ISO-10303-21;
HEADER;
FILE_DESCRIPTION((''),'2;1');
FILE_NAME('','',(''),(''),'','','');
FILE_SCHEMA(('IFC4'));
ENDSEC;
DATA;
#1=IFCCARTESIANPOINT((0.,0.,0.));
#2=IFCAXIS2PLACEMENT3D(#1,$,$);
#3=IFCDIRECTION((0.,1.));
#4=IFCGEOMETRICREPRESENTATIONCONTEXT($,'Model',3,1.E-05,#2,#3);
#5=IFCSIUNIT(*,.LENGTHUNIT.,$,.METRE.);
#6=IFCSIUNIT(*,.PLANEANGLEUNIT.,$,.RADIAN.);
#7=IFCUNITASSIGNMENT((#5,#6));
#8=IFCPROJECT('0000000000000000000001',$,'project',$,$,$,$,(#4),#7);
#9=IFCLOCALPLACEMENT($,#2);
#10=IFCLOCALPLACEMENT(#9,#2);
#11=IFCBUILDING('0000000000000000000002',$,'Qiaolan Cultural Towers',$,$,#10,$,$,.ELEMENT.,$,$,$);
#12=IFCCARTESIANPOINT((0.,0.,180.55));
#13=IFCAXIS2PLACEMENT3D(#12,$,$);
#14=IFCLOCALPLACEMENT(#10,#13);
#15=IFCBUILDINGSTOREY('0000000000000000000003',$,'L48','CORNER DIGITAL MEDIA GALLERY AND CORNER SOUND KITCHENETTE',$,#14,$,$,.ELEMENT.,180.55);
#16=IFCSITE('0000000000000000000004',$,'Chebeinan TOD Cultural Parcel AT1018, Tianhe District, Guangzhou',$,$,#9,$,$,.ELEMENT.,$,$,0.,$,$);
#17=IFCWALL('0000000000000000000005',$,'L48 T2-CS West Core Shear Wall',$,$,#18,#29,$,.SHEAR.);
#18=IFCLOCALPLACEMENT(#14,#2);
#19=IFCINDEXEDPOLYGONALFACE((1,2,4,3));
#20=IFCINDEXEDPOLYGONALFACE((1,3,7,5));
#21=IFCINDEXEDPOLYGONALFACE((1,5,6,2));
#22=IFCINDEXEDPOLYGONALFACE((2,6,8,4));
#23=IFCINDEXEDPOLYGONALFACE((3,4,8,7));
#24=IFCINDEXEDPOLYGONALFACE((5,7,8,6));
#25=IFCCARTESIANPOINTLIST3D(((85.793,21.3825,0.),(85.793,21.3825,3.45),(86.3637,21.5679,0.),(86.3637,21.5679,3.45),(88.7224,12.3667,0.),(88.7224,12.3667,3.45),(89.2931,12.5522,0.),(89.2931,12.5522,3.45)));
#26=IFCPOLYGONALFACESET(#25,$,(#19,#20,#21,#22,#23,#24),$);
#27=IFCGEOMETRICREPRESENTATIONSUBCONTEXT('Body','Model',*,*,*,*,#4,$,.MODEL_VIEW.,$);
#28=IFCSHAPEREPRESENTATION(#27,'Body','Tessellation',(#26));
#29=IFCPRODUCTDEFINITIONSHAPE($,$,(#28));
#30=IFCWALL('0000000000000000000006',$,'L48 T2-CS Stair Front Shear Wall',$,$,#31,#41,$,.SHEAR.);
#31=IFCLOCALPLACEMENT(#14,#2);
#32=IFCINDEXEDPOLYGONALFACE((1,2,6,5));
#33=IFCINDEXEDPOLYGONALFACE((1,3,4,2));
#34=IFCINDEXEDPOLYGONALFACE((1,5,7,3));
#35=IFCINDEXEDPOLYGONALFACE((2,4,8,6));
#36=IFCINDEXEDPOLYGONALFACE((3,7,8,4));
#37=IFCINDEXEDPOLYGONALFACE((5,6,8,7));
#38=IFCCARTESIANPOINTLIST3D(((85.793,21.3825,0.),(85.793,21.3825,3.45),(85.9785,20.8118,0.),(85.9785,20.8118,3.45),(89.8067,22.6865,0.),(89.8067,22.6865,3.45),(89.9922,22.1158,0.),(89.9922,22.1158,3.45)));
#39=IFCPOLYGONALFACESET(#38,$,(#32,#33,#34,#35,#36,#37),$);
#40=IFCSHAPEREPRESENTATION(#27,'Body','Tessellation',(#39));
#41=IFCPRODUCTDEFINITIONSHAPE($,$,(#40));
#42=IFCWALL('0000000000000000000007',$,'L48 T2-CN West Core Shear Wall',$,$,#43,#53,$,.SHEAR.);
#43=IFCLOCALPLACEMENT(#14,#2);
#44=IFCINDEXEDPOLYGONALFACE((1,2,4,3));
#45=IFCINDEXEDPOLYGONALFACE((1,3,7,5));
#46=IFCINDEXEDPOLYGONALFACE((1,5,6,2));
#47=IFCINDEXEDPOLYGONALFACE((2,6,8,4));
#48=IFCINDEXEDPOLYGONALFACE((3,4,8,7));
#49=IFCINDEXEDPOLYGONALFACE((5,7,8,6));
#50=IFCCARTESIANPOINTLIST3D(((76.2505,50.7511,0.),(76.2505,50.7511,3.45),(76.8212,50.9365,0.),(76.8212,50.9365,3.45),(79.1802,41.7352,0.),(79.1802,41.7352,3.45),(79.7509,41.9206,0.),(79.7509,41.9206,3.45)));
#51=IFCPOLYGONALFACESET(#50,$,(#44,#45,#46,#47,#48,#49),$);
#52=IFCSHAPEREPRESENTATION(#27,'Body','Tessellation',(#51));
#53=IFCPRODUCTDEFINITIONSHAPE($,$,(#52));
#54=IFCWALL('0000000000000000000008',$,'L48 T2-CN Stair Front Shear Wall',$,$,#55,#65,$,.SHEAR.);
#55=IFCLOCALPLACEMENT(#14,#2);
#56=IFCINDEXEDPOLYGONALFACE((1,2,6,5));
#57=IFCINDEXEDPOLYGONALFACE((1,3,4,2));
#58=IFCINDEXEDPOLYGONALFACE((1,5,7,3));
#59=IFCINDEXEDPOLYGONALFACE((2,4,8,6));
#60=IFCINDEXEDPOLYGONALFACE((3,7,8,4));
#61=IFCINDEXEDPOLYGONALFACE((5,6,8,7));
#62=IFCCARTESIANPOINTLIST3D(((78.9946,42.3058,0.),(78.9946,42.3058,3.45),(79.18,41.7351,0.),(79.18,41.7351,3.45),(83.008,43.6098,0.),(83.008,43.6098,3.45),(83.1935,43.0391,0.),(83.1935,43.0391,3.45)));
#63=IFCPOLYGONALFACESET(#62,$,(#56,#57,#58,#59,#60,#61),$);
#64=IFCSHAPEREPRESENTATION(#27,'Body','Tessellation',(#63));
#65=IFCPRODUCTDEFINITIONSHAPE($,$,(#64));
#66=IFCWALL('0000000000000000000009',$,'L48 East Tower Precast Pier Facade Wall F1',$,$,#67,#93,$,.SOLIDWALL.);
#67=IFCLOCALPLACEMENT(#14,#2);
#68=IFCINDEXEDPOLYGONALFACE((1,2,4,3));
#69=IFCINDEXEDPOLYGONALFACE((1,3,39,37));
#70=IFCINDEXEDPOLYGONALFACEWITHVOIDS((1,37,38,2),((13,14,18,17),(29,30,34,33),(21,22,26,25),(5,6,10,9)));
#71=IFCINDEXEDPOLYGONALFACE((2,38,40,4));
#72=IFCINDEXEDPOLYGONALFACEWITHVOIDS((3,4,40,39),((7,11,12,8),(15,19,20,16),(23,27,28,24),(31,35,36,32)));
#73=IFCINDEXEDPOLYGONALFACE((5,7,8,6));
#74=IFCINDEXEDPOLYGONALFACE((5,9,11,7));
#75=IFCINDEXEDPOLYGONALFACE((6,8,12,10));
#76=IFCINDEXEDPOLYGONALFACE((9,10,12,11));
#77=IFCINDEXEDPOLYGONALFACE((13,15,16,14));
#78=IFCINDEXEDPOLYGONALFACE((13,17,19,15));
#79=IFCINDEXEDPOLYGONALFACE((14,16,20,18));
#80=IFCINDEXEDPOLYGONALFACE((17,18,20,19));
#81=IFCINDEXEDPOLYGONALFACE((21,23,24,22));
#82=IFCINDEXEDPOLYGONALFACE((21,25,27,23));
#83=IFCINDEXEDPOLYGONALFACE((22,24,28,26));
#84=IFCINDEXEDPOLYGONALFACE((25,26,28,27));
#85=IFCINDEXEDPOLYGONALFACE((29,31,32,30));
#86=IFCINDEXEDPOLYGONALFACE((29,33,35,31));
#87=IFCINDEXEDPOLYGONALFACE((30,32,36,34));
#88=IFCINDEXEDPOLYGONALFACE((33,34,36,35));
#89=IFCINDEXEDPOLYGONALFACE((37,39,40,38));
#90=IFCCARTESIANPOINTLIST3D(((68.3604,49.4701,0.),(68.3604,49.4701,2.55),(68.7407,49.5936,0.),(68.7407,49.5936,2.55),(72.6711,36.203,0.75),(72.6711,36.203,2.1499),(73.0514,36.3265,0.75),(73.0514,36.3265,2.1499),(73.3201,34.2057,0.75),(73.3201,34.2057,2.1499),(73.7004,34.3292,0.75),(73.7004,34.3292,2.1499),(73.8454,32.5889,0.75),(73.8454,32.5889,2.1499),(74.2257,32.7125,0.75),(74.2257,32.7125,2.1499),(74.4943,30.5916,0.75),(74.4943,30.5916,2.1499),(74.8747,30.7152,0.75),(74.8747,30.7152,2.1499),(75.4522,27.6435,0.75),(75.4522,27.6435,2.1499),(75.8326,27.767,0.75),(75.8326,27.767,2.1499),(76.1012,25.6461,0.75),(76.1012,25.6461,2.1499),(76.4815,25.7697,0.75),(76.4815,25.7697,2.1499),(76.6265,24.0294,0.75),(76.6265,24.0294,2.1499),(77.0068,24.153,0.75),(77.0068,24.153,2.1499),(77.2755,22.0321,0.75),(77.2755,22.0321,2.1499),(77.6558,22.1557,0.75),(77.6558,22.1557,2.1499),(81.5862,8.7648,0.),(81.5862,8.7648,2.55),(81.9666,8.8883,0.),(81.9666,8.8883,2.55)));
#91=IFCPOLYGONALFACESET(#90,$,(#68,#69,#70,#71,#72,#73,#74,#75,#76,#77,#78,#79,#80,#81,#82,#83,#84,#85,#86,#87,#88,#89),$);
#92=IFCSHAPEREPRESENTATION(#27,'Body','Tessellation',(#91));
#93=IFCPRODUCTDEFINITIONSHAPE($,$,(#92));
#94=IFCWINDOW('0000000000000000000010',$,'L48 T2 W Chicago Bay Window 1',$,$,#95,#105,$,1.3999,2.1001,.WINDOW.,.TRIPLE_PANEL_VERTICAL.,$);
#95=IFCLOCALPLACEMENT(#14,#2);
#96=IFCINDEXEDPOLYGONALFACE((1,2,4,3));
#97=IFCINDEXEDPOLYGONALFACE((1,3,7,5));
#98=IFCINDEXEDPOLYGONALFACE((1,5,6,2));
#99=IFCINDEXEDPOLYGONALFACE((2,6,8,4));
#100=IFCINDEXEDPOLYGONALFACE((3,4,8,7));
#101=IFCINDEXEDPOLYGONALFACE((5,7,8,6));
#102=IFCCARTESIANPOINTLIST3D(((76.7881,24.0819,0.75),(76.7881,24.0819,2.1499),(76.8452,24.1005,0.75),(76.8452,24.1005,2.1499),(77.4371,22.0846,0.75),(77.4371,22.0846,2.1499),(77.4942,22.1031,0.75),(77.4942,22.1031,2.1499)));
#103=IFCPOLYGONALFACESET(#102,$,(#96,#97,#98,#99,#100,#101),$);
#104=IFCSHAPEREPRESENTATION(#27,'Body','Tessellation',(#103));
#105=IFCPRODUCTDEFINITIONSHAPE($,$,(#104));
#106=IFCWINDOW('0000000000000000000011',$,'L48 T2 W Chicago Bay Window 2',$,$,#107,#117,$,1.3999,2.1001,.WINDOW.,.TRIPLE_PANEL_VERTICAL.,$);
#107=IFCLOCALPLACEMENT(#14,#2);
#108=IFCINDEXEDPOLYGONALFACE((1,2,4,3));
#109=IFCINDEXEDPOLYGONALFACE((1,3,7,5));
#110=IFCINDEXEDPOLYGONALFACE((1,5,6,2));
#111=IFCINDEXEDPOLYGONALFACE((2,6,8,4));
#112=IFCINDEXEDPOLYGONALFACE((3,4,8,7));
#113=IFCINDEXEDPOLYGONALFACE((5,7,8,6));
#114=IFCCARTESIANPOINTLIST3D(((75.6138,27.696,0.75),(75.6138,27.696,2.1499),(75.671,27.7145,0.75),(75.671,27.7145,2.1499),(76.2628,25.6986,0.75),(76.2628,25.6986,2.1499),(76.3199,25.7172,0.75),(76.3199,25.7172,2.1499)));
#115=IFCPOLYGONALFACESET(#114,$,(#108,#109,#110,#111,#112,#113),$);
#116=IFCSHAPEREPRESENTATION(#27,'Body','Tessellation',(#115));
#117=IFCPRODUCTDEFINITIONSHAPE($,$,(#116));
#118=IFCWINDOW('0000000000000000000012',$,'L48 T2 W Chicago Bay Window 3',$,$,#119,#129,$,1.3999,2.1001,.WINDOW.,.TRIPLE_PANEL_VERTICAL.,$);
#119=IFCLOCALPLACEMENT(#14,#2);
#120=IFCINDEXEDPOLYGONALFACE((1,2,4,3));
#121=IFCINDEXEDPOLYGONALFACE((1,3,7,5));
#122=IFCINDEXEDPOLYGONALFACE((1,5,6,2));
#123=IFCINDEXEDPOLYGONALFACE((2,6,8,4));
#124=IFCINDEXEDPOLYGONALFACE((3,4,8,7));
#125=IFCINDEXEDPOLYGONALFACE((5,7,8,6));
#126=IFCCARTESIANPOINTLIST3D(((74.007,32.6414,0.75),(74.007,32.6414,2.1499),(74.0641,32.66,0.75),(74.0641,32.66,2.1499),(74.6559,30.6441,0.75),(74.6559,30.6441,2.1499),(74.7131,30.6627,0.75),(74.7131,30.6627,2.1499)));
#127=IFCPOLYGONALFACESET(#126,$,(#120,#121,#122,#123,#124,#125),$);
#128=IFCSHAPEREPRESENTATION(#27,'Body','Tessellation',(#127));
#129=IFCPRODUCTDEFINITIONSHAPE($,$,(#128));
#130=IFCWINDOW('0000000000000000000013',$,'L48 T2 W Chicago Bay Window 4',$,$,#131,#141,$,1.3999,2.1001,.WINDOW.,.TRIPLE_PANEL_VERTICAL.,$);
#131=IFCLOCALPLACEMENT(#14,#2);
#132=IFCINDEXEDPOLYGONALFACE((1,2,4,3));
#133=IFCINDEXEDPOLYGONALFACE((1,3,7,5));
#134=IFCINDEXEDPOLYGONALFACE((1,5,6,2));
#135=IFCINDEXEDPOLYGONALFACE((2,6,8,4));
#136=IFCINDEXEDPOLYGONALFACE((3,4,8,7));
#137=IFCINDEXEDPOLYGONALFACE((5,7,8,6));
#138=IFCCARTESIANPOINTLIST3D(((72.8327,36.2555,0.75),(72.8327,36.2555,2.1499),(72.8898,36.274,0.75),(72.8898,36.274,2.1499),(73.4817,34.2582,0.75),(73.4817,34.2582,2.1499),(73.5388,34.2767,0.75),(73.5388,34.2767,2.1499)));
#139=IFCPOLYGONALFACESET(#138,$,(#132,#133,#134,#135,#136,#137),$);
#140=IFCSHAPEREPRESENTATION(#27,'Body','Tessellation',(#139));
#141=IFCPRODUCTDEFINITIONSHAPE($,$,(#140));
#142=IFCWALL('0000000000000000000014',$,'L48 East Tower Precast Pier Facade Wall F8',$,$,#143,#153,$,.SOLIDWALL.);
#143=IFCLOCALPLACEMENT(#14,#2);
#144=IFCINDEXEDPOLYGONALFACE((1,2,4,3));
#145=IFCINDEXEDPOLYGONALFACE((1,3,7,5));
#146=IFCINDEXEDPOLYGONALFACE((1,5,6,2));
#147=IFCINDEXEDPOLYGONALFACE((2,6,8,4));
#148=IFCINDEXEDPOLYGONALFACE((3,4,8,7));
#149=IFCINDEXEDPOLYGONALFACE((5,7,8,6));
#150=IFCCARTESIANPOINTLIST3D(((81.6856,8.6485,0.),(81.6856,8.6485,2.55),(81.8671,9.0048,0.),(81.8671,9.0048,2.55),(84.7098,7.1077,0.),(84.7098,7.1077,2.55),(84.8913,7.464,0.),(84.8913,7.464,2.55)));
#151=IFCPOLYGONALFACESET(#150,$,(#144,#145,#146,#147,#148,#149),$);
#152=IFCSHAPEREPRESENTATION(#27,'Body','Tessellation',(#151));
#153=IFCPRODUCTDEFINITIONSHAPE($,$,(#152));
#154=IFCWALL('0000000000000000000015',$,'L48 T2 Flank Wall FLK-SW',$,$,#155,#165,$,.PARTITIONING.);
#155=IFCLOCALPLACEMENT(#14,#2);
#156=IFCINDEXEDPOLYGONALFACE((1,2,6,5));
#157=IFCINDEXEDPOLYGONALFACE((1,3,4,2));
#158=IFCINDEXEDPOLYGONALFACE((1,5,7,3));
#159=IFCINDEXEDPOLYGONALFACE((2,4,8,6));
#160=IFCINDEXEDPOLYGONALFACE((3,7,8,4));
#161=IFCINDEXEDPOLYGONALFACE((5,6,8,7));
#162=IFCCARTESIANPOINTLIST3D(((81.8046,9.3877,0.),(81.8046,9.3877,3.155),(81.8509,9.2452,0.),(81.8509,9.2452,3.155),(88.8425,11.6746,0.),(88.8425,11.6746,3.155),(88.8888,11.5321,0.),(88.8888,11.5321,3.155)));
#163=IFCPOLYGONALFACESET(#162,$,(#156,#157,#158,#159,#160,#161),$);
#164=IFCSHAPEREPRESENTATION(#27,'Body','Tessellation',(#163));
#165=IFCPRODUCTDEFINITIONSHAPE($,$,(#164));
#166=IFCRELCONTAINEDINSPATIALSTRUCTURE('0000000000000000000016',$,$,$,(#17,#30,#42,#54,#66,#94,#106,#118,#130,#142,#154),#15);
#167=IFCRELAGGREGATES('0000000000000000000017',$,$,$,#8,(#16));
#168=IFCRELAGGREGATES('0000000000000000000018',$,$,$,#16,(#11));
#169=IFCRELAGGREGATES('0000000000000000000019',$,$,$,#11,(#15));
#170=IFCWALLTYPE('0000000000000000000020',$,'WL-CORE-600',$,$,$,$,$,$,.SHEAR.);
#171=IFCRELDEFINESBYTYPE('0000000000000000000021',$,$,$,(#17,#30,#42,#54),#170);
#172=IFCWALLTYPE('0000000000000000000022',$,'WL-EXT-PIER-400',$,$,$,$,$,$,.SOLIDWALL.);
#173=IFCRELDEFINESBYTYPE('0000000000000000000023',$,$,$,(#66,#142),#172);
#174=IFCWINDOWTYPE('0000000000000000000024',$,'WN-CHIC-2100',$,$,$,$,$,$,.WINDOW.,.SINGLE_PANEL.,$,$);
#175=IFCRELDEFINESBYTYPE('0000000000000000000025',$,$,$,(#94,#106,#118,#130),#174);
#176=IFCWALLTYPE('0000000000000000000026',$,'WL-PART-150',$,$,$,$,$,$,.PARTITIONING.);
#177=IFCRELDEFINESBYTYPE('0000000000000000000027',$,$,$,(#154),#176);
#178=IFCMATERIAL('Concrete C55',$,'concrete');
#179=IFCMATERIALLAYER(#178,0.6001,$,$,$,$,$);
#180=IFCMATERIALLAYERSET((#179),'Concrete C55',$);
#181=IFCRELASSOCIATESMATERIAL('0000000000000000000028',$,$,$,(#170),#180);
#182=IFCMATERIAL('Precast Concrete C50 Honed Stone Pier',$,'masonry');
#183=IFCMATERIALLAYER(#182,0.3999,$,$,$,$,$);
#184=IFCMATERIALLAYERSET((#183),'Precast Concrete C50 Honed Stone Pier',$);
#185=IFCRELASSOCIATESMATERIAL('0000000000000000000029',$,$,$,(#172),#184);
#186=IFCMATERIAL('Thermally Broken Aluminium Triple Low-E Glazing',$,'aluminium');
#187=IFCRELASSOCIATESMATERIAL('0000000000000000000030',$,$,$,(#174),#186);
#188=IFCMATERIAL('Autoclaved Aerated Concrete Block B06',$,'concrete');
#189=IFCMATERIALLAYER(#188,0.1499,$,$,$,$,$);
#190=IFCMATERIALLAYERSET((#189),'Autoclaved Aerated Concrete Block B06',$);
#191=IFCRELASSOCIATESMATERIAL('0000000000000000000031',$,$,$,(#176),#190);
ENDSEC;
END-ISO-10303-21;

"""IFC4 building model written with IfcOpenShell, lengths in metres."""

from ifc_helpers import new_model, si_unit, direction, frame, frame_2d, origin, place, context, subcontext, project, spatial, rectangle, extrude, material, layer, layer_set, type_object, element, fill, save


model = new_model("IFC4")

# Units and contexts
model_context = context("Model", 3, precision=1e-05, world=origin(), true_north=direction((0.0, 1.0)))
body_context = subcontext(model_context, "Body", "Model", "MODEL_VIEW")
ifc_project = project(units=[si_unit("LENGTHUNIT", "METRE"), si_unit("PLANEANGLEUNIT", "RADIAN")], contexts=[model_context])

# Site, building, storey
site_placement = place(None, origin())
site = spatial("IfcSite", under=ifc_project, at=site_placement, Name="Chebeinan TOD Cultural Parcel AT1018, Tianhe District, Guangzhou", CompositionType="ELEMENT", RefElevation=0.0)
building_placement = place(site_placement, origin())
building = spatial("IfcBuilding", under=site, at=building_placement, Name="Qiaolan Cultural Towers", CompositionType="ELEMENT")
storey_placement = place(building_placement, frame((0.0, 0.0, 180.55)))
storey = spatial("IfcBuildingStorey", under=building, at=storey_placement, Name="L48", Description="CORNER DIGITAL MEDIA GALLERY AND CORNER SOUND KITCHENETTE", CompositionType="ELEMENT", Elevation=180.55)

# Walls
ifc_material_1 = material(Name="Concrete C55", Category="concrete")
ifc_layer_1 = layer(ifc_material_1, 0.6001)
ifc_layer_set_1 = layer_set([ifc_layer_1], Name="Concrete C55")
wall_type_1 = type_object("IfcWallType", Name="WL-CORE-600", PredefinedType="SHEAR", material=ifc_layer_set_1)
wall_1_placement = place(storey_placement, frame((86.0784, 21.4751, 0.0), z_axis=(0.0, 0.0, 1.0), x_axis=(0.309018, -0.951056, 0.0)))
element("IfcWall", 1, at=wall_1_placement, inside=storey, type_object=wall_type_1, Name="L48 T2-CS West Core Shear Wall", PredefinedType="SHEAR", context=body_context, shape_type="SweptSolid", body=[
    extrude(rectangle(XDim=9.4797, YDim=0.6001, at=frame_2d((4.7397, 0.0))), origin(), (0.0, 0.0, 1.0), 3.45),
])
wall_2_placement = place(storey_placement, frame((85.8857, 21.0972, 0.0), z_axis=(0.0, 0.0, 1.0), x_axis=(0.951068, 0.308981, 0.0)))
element("IfcWall", 2, at=wall_2_placement, inside=storey, type_object=wall_type_1, Name="L48 T2-CS Stair Front Shear Wall", PredefinedType="SHEAR", context=body_context, shape_type="SweptSolid", body=[
    extrude(rectangle(XDim=4.2202, YDim=0.6001, at=frame_2d((2.1101, 0.0))), origin(), (0.0, 0.0, 1.0), 3.45),
])
wall_3_placement = place(storey_placement, frame((79.4656, 41.8279, 0.0), z_axis=(0.0, 0.0, 1.0), x_axis=(-0.309041, 0.951049, 0.0)))
element("IfcWall", 3, at=wall_3_placement, inside=storey, type_object=wall_type_1, Name="L48 T2-CN West Core Shear Wall", PredefinedType="SHEAR", context=body_context, shape_type="SweptSolid", body=[
    extrude(rectangle(XDim=9.48, YDim=0.6001, at=frame_2d((4.74, 0.0))), origin(), (0.0, 0.0, 1.0), 3.45),
])
wall_4_placement = place(storey_placement, frame((79.0874, 42.0205, 0.0), z_axis=(0.0, 0.0, 1.0), x_axis=(0.951063, 0.308998, 0.0)))
element("IfcWall", 4, at=wall_4_placement, inside=storey, type_object=wall_type_1, Name="L48 T2-CN Stair Front Shear Wall", PredefinedType="SHEAR", context=body_context, shape_type="SweptSolid", body=[
    extrude(rectangle(XDim=4.22, YDim=0.6001, at=frame_2d((2.1099, 0.0))), origin(), (0.0, 0.0, 1.0), 3.45),
])

# Wall, openings, windows
ifc_material_2 = material(Name="Precast Concrete C50 Honed Stone Pier", Category="masonry")
ifc_layer_2 = layer(ifc_material_2, 0.3999)
ifc_layer_set_2 = layer_set([ifc_layer_2], Name="Precast Concrete C50 Honed Stone Pier")
wall_type_2 = type_object("IfcWallType", Name="WL-EXT-PIER-400", PredefinedType="SOLIDWALL", material=ifc_layer_set_2)
wall_5_placement = place(storey_placement, frame((81.7764, 8.8267, 0.0), z_axis=(0.0, 0.0, 1.0), x_axis=(-0.309014, 0.951057, 0.0)))
wall_5 = element("IfcWall", 5, at=wall_5_placement, inside=storey, type_object=wall_type_2, Name="L48 East Tower Precast Pier Facade Wall F1", PredefinedType="SOLIDWALL", context=body_context, shape_type="SweptSolid", body=[
    extrude(rectangle(XDim=42.8, YDim=0.3999, at=frame_2d((21.3999, 0.0))), origin(), (0.0, 0.0, 1.0), 2.55),
])
opening_1_placement = place(wall_5_placement, frame((13.95, 0.0, 0.75)))
opening_1 = element("IfcOpeningElement", 6, at=opening_1_placement, cuts=wall_5, PredefinedType="OPENING", context=body_context, shape_type="SweptSolid", body=[
    extrude(rectangle(XDim=2.1001, YDim=1.3999, at=frame_2d((1.05, 0.7))), frame((0.0, 0.21, 0.0), z_axis=(0.0, -1.0, 0.0), x_axis=(1.0, 0.0, 0.0)), (0.0, 0.0, 1.0), 0.4199),
])
opening_2_placement = place(wall_5_placement, frame((17.75, 0.0, 0.75)))
opening_2 = element("IfcOpeningElement", 7, at=opening_2_placement, cuts=wall_5, PredefinedType="OPENING", context=body_context, shape_type="SweptSolid", body=[
    extrude(rectangle(XDim=2.1001, YDim=1.3999, at=frame_2d((1.05, 0.7))), frame((0.0, 0.21, 0.0), z_axis=(0.0, -1.0, 0.0), x_axis=(1.0, 0.0, 0.0)), (0.0, 0.0, 1.0), 0.4199),
])
opening_3_placement = place(wall_5_placement, frame((22.95, 0.0, 0.75)))
opening_3 = element("IfcOpeningElement", 8, at=opening_3_placement, cuts=wall_5, PredefinedType="OPENING", context=body_context, shape_type="SweptSolid", body=[
    extrude(rectangle(XDim=2.1001, YDim=1.3999, at=frame_2d((1.05, 0.7))), frame((0.0, 0.21, 0.0), z_axis=(0.0, -1.0, 0.0), x_axis=(1.0, 0.0, 0.0)), (0.0, 0.0, 1.0), 0.4199),
])
opening_4_placement = place(wall_5_placement, frame((26.75, 0.0, 0.75)))
opening_4 = element("IfcOpeningElement", 9, at=opening_4_placement, cuts=wall_5, PredefinedType="OPENING", context=body_context, shape_type="SweptSolid", body=[
    extrude(rectangle(XDim=2.1001, YDim=1.3999, at=frame_2d((1.05, 0.7))), frame((0.0, 0.21, 0.0), z_axis=(0.0, -1.0, 0.0), x_axis=(1.0, 0.0, 0.0)), (0.0, 0.0, 1.0), 0.4199),
])
ifc_material_3 = material(Name="Thermally Broken Aluminium Triple Low-E Glazing", Category="aluminium")
window_type = type_object("IfcWindowType", Name="WN-CHIC-2100", PartitioningType="SINGLE_PANEL", PredefinedType="WINDOW", material=ifc_material_3)
window_1_placement = place(opening_1_placement, origin())
window_1 = element("IfcWindow", 10, at=window_1_placement, inside=storey, type_object=window_type, Name="L48 T2 W Chicago Bay Window 1", OverallHeight=1.3999, OverallWidth=2.1001, PartitioningType="TRIPLE_PANEL_VERTICAL", PredefinedType="WINDOW", context=body_context, shape_type="SweptSolid", body=[
    extrude(rectangle(XDim=2.1001, YDim=1.3999, at=frame_2d((1.05, 0.7))), frame((0.0, 0.03, 0.0), z_axis=(0.0, -1.0, 0.0), x_axis=(1.0, 0.0, 0.0)), (0.0, 0.0, 1.0), 0.0601),
])
fill(opening_1, window_1)
window_2_placement = place(opening_2_placement, origin())
window_2 = element("IfcWindow", 11, at=window_2_placement, inside=storey, type_object=window_type, Name="L48 T2 W Chicago Bay Window 2", OverallHeight=1.3999, OverallWidth=2.1001, PartitioningType="TRIPLE_PANEL_VERTICAL", PredefinedType="WINDOW", context=body_context, shape_type="SweptSolid", body=[
    extrude(rectangle(XDim=2.1001, YDim=1.3999, at=frame_2d((1.05, 0.7))), frame((0.0, 0.03, 0.0), z_axis=(0.0, -1.0, 0.0), x_axis=(1.0, 0.0, 0.0)), (0.0, 0.0, 1.0), 0.0601),
])
fill(opening_2, window_2)
window_3_placement = place(opening_3_placement, origin())
window_3 = element("IfcWindow", 12, at=window_3_placement, inside=storey, type_object=window_type, Name="L48 T2 W Chicago Bay Window 3", OverallHeight=1.3999, OverallWidth=2.1001, PartitioningType="TRIPLE_PANEL_VERTICAL", PredefinedType="WINDOW", context=body_context, shape_type="SweptSolid", body=[
    extrude(rectangle(XDim=2.1001, YDim=1.3999, at=frame_2d((1.05, 0.7))), frame((0.0, 0.03, 0.0), z_axis=(0.0, -1.0, 0.0), x_axis=(1.0, 0.0, 0.0)), (0.0, 0.0, 1.0), 0.0601),
])
fill(opening_3, window_3)
window_4_placement = place(opening_4_placement, origin())
window_4 = element("IfcWindow", 13, at=window_4_placement, inside=storey, type_object=window_type, Name="L48 T2 W Chicago Bay Window 4", OverallHeight=1.3999, OverallWidth=2.1001, PartitioningType="TRIPLE_PANEL_VERTICAL", PredefinedType="WINDOW", context=body_context, shape_type="SweptSolid", body=[
    extrude(rectangle(XDim=2.1001, YDim=1.3999, at=frame_2d((1.05, 0.7))), frame((0.0, 0.03, 0.0), z_axis=(0.0, -1.0, 0.0), x_axis=(1.0, 0.0, 0.0)), (0.0, 0.0, 1.0), 0.0601),
])
fill(opening_4, window_4)

# Walls
wall_6_placement = place(storey_placement, frame((84.8005, 7.2859, 0.0), z_axis=(0.0, 0.0, 1.0), x_axis=(-0.891021, 0.453962, 0.0)))
element("IfcWall", 14, at=wall_6_placement, inside=storey, type_object=wall_type_2, Name="L48 East Tower Precast Pier Facade Wall F8", PredefinedType="SOLIDWALL", context=body_context, shape_type="SweptSolid", body=[
    extrude(rectangle(XDim=3.394, YDim=0.3999, at=frame_2d((1.697, 0.0))), origin(), (0.0, 0.0, 1.0), 2.55),
])
ifc_material_4 = material(Name="Autoclaved Aerated Concrete Block B06", Category="concrete")
ifc_layer_3 = layer(ifc_material_4, 0.1499)
ifc_layer_set_3 = layer_set([ifc_layer_3], Name="Autoclaved Aerated Concrete Block B06")
wall_type_3 = type_object("IfcWallType", Name="WL-PART-150", PredefinedType="PARTITIONING", material=ifc_layer_set_3)
wall_7_placement = place(storey_placement, frame((81.8276, 9.3164, 0.0), z_axis=(0.0, 0.0, 1.0), x_axis=(0.951051, 0.309033, 0.0)))
element("IfcWall", 15, at=wall_7_placement, inside=storey, type_object=wall_type_3, Name="L48 T2 Flank Wall FLK-SW", PredefinedType="PARTITIONING", context=body_context, shape_type="SweptSolid", body=[
    extrude(rectangle(XDim=7.4001, YDim=0.1499, at=frame_2d((3.7002, 0.0))), origin(), (0.0, 0.0, 1.0), 3.155),
])

save(model, "model.ifc")
